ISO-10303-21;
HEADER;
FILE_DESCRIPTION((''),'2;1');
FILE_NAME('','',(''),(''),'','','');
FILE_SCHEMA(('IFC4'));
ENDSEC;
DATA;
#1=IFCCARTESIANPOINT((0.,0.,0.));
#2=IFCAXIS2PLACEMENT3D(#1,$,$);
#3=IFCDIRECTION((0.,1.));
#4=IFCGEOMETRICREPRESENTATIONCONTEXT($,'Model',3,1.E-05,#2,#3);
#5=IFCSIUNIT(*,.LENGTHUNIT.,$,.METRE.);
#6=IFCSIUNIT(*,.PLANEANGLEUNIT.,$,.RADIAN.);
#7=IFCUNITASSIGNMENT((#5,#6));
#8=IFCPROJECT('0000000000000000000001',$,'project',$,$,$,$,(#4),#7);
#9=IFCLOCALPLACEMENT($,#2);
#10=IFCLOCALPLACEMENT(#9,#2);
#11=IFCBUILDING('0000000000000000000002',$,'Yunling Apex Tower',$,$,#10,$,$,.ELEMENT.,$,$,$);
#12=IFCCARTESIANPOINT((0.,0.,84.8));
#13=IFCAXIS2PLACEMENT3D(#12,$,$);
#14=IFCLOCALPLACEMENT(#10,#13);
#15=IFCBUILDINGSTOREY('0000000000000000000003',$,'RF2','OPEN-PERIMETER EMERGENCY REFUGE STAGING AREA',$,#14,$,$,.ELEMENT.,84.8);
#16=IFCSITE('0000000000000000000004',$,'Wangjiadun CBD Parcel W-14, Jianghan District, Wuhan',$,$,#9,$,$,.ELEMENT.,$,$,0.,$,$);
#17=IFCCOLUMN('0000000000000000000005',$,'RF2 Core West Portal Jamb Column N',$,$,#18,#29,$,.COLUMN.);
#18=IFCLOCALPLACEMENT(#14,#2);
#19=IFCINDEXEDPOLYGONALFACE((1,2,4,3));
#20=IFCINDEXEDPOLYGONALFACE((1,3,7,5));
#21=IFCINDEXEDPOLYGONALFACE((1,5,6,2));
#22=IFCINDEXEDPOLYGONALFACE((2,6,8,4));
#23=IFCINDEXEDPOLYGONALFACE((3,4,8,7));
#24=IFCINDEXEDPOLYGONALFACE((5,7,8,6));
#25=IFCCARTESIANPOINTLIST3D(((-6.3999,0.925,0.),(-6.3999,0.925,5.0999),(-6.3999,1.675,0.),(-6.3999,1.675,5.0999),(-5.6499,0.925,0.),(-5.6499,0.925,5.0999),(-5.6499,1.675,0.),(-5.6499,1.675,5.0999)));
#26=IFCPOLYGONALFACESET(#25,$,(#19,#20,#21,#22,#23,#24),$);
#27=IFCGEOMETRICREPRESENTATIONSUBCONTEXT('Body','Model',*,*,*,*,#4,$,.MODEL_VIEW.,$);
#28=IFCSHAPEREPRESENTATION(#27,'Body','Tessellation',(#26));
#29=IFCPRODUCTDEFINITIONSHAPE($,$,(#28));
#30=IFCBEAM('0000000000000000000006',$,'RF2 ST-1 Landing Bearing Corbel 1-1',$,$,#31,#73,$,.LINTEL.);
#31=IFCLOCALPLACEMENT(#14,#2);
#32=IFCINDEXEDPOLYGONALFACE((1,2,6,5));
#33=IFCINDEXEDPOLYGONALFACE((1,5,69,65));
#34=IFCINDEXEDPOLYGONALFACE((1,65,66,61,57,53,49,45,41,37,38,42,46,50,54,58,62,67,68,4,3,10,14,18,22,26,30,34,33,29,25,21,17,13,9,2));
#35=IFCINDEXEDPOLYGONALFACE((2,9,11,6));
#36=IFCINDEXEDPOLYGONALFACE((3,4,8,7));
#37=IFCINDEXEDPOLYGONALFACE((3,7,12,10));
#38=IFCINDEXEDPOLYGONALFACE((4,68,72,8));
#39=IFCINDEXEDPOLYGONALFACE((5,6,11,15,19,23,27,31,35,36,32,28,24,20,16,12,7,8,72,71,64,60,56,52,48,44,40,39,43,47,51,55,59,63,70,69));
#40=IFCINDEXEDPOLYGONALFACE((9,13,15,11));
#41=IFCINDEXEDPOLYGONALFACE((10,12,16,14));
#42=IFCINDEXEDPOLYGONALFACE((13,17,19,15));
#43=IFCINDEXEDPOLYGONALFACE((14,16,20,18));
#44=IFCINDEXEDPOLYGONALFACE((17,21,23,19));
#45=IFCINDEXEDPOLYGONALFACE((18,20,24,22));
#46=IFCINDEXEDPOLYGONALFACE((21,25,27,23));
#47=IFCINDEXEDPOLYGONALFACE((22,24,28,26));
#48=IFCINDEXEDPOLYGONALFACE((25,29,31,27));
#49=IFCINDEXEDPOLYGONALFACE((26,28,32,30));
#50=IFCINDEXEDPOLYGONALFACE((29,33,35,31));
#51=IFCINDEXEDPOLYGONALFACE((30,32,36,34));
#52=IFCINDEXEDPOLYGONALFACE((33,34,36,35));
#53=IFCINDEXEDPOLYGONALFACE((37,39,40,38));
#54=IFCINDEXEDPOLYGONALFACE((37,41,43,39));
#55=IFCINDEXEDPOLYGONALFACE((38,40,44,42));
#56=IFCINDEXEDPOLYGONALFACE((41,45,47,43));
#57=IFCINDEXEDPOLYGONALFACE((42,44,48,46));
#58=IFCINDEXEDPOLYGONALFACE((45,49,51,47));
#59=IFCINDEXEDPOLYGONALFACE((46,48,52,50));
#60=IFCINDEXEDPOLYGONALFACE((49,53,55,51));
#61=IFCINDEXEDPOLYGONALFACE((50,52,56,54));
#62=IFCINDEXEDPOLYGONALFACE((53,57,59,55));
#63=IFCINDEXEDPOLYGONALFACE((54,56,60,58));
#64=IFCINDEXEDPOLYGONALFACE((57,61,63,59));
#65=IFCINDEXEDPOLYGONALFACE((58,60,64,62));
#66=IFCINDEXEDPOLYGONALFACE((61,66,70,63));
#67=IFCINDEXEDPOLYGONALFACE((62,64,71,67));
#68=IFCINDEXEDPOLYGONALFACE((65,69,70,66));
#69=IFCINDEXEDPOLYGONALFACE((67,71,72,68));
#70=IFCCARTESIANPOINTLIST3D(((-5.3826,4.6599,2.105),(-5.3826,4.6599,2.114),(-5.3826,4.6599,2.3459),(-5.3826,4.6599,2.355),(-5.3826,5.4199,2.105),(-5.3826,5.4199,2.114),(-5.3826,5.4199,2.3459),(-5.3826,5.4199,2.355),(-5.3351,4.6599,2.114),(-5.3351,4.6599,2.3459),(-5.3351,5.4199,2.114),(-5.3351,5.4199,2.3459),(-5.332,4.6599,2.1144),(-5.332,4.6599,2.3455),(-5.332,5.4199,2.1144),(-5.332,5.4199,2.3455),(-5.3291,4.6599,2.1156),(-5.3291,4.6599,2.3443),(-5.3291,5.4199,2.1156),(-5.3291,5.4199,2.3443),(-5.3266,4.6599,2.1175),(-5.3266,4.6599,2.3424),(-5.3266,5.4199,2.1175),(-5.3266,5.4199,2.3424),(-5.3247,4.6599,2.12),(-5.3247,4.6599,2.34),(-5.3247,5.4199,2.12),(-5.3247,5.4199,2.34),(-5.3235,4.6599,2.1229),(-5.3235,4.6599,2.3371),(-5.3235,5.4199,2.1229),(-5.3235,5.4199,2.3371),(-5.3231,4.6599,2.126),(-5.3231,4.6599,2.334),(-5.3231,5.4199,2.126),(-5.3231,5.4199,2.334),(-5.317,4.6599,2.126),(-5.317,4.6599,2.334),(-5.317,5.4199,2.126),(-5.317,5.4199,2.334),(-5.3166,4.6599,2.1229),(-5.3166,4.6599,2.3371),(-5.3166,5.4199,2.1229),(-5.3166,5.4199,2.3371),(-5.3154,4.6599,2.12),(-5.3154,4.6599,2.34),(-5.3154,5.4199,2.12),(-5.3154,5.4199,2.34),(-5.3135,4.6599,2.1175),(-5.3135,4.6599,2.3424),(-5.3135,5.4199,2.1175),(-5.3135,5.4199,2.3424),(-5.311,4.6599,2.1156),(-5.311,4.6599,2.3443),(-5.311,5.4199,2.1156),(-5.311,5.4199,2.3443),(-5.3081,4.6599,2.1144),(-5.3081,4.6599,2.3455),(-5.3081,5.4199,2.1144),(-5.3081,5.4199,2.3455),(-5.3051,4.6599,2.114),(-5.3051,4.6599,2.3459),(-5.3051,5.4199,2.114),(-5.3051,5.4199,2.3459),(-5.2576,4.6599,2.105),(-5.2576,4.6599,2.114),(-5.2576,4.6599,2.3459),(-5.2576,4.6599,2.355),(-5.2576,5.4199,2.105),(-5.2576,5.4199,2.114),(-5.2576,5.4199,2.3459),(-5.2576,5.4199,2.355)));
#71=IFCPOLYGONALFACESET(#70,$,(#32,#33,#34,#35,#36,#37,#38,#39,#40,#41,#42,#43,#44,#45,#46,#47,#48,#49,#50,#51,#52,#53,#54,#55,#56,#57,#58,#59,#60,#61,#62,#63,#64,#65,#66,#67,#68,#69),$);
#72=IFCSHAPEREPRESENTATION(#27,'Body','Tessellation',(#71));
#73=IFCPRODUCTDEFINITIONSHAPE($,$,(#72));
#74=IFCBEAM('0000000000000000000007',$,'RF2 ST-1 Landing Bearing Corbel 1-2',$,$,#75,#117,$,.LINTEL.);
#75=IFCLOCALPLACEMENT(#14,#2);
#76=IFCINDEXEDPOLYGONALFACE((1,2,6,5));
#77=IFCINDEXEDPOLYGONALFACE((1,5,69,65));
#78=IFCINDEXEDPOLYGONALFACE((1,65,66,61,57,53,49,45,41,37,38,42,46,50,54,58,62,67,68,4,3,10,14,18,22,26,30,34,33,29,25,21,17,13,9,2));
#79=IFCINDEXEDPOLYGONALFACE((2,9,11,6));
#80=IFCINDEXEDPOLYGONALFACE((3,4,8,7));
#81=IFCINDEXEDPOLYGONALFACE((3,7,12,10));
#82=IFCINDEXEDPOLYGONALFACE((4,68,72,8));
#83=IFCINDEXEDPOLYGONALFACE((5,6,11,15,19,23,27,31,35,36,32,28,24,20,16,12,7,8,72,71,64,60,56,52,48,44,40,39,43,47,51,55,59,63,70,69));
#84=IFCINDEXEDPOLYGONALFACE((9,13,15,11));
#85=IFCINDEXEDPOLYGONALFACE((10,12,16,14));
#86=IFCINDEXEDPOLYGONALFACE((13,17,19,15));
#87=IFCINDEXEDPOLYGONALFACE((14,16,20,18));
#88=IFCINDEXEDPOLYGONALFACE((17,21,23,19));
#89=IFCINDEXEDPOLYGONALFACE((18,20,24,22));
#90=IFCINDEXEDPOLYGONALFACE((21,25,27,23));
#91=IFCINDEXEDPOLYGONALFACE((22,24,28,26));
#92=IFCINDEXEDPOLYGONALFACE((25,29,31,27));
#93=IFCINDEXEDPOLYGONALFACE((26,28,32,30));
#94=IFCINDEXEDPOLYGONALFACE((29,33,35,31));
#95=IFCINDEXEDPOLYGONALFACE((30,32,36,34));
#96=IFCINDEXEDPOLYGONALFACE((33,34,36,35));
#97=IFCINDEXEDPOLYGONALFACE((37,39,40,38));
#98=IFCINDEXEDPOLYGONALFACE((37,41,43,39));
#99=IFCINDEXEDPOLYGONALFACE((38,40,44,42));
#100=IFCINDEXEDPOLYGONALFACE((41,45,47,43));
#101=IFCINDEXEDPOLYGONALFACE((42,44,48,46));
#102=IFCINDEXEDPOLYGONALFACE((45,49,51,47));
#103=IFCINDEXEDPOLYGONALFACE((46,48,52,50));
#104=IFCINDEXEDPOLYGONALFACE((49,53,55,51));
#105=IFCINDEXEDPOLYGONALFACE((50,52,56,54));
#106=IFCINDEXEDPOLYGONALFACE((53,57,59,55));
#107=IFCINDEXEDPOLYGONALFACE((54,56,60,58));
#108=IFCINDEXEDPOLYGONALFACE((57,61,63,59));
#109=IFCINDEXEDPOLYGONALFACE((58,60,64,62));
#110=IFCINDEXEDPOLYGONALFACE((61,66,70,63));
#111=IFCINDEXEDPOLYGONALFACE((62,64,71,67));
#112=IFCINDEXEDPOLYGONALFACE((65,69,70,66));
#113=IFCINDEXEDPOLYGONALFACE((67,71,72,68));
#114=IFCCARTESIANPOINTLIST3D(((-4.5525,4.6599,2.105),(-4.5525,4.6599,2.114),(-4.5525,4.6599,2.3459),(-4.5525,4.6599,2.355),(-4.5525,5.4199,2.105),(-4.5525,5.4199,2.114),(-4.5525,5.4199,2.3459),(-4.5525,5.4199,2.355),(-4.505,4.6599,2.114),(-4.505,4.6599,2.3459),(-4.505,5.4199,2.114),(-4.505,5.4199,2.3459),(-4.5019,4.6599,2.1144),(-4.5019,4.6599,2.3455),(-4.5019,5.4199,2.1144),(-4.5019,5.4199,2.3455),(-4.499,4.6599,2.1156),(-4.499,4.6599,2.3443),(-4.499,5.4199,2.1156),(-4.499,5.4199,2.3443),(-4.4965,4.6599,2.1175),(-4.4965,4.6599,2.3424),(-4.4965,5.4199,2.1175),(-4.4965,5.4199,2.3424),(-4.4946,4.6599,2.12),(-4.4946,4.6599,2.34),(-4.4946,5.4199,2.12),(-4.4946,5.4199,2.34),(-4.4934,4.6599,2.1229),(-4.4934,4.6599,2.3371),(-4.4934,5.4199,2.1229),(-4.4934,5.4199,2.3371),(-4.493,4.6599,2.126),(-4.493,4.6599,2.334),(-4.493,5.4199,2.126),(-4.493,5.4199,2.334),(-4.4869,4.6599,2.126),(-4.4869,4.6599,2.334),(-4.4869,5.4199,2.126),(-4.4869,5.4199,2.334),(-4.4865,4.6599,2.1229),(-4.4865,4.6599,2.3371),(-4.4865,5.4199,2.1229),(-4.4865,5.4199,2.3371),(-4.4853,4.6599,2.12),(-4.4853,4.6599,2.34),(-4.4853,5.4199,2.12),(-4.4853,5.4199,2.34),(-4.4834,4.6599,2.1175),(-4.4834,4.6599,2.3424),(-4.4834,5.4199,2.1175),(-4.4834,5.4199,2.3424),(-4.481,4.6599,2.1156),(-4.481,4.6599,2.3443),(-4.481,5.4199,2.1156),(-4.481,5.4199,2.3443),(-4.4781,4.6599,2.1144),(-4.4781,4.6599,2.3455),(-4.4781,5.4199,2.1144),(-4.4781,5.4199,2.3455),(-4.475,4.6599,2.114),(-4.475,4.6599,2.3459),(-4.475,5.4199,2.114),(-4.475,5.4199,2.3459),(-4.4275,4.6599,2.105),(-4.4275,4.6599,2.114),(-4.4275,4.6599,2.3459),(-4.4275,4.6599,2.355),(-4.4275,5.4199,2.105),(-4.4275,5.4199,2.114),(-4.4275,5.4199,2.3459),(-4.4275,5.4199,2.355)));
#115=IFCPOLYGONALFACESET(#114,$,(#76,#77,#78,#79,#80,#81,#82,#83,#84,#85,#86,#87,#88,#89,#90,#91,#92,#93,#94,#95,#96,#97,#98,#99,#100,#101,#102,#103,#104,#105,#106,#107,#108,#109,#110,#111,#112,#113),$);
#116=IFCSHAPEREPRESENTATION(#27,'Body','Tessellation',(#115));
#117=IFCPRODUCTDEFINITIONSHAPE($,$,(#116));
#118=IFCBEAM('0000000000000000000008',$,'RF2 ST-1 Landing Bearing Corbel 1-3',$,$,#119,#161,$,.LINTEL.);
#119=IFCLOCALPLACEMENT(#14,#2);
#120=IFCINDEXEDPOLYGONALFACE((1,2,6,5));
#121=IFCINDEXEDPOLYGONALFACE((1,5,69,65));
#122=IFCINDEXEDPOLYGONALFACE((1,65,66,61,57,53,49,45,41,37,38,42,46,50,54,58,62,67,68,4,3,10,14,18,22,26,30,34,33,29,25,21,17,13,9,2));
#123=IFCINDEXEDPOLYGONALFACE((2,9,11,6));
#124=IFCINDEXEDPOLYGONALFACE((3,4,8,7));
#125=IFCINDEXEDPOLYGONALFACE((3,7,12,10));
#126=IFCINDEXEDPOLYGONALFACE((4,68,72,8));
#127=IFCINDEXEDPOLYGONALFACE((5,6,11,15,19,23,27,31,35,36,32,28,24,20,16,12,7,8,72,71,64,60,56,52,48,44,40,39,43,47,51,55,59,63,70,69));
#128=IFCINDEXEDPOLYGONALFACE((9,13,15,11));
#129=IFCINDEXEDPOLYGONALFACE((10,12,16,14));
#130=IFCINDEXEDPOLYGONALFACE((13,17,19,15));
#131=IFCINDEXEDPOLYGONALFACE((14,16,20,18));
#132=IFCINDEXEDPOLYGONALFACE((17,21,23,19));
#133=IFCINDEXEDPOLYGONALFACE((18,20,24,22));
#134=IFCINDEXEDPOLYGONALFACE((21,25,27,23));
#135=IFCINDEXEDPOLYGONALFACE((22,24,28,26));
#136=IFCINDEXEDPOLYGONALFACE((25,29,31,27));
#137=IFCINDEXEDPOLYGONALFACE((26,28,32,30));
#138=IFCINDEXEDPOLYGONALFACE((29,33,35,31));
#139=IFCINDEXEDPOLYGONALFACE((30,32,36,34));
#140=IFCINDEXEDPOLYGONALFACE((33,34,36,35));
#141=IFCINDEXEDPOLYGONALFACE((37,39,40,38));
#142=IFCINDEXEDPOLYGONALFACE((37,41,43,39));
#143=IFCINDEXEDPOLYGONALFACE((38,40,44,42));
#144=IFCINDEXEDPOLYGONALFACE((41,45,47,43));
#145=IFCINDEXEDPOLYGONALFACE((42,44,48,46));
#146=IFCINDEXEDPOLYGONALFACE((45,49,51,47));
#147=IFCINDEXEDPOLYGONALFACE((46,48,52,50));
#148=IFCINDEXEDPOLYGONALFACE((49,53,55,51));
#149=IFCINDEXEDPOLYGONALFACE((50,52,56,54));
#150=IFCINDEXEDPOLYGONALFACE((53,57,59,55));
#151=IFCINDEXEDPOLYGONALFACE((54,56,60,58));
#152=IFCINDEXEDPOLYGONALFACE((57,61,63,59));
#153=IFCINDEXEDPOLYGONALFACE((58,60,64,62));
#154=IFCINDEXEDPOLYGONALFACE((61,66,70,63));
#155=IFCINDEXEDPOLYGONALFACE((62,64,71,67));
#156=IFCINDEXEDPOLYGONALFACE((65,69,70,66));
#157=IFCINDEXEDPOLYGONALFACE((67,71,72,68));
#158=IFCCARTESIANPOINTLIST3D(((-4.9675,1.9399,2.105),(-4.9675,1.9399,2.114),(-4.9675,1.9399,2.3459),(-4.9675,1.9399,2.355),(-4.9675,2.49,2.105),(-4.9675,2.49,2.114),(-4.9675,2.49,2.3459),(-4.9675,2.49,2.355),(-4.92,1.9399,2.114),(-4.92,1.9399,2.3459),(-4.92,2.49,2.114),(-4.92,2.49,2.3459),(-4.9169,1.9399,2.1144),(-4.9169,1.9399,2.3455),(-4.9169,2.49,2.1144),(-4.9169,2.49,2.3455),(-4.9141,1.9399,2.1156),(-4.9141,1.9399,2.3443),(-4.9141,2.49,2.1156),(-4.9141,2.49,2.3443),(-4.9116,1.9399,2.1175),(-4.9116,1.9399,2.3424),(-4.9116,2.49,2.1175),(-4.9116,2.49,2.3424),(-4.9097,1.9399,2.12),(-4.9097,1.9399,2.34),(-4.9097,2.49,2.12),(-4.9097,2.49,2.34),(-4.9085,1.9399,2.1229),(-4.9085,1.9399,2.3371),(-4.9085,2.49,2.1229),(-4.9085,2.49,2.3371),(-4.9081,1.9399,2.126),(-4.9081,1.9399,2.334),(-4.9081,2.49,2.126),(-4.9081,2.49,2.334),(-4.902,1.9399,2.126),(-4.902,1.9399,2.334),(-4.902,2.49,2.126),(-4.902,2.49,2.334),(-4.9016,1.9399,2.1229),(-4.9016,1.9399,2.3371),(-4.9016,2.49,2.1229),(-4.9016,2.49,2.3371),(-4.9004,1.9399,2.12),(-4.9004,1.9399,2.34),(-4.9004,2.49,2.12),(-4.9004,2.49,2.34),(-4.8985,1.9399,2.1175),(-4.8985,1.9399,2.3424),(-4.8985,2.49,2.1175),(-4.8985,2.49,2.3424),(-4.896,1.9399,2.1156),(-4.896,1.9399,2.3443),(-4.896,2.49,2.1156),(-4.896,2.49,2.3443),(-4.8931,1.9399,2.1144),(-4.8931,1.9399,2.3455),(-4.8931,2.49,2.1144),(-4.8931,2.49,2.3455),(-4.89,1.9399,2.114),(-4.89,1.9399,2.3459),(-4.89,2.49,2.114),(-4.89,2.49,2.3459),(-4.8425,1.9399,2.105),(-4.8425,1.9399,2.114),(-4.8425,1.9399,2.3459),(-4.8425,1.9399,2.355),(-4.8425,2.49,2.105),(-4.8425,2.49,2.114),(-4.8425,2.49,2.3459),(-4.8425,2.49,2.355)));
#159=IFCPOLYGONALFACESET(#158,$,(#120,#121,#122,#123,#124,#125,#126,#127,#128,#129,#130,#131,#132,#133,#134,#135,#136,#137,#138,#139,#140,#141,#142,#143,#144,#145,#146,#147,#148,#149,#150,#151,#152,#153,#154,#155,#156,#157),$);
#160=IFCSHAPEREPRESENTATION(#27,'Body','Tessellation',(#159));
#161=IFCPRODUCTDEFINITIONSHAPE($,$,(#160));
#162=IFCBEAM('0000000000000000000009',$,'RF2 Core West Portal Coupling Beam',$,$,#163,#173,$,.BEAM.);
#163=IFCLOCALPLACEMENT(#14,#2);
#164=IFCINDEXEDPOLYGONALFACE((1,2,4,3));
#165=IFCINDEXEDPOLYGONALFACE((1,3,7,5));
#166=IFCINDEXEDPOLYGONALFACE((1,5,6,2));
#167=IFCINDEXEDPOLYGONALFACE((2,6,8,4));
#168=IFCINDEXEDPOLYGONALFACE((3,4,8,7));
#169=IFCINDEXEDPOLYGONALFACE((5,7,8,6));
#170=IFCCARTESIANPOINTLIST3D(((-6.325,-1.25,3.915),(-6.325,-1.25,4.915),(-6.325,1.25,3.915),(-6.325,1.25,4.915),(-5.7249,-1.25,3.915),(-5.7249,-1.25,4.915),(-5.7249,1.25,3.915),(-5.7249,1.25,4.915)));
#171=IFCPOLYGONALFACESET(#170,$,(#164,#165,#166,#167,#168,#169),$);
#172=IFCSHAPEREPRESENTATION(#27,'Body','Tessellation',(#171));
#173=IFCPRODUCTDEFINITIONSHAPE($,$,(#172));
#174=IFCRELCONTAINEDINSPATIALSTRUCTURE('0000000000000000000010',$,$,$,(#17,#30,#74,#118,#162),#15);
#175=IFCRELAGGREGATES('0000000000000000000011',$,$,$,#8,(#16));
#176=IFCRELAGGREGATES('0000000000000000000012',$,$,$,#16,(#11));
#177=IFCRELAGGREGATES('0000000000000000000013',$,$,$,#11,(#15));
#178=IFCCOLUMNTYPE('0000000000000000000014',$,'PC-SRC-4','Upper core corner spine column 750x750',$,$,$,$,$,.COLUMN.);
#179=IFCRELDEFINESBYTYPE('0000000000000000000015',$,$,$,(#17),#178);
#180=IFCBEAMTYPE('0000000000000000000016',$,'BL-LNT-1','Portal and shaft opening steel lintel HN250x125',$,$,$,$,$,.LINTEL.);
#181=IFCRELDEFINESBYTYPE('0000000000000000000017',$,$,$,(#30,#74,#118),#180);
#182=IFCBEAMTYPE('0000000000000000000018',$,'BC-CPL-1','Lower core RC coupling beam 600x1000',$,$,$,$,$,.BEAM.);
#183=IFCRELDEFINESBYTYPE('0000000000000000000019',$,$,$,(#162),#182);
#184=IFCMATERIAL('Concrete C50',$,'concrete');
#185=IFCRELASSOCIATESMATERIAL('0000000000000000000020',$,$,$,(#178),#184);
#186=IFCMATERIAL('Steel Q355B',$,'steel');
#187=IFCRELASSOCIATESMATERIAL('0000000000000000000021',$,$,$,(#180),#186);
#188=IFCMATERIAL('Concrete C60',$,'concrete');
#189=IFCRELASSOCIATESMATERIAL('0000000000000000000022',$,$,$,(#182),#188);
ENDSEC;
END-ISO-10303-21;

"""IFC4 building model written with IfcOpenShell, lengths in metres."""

from ifc_helpers import new_model, si_unit, direction, frame, origin, origin_2d, place, context, subcontext, project, spatial, rectangle, i_section, extrude, source, transform, mapped, material, material_profile, profile_set, type_object, element, save


model = new_model("IFC4")

# Units and contexts
model_context = context("Model", 3, precision=1e-05, world=origin(), true_north=direction((0.0, 1.0)))
body_context = subcontext(model_context, "Body", "Model", "MODEL_VIEW")
ifc_project = project(units=[si_unit("LENGTHUNIT", "METRE"), si_unit("PLANEANGLEUNIT", "RADIAN")], contexts=[model_context])

# Site, building, storey
site_placement = place(None, origin())
site = spatial("IfcSite", under=ifc_project, at=site_placement, Name="Wangjiadun CBD Parcel W-14, Jianghan District, Wuhan", CompositionType="ELEMENT", RefElevation=0.0)
building_placement = place(site_placement, origin())
building = spatial("IfcBuilding", under=site, at=building_placement, Name="Yunling Apex Tower", CompositionType="ELEMENT")
storey_placement = place(building_placement, frame((0.0, 0.0, 84.8)))
storey = spatial("IfcBuildingStorey", under=building, at=storey_placement, Name="RF2", Description="OPEN-PERIMETER EMERGENCY REFUGE STAGING AREA", CompositionType="ELEMENT", Elevation=84.8)

# Column
ifc_material_1 = material(Name="Concrete C50", Category="concrete")
ifc_material_profile_1 = material_profile(ifc_material_1, rectangle(XDim=0.75, YDim=0.75, at=origin_2d()))
ifc_profile_set_1 = profile_set([ifc_material_profile_1], Name="Concrete C50")
column_type = type_object("IfcColumnType", Name="PC-SRC-4", Description="Upper core corner spine column 750x750", PredefinedType="COLUMN", material=ifc_profile_set_1)
shared_shape_1 = source(origin(), body_context, "Body", "SweptSolid", [
    extrude(rectangle(XDim=0.75, YDim=0.75, at=origin_2d()), origin(), (0.0, 0.0, 1.0), 5.0999),
])
column_placement = place(storey_placement, frame((-6.0249, 1.3, 0.0), z_axis=(0.0, 0.0, 1.0), x_axis=(1.0, 0.0, 0.0)))
element("IfcColumn", 1, at=column_placement, inside=storey, type_object=column_type, Name="RF2 Core West Portal Jamb Column N", PredefinedType="COLUMN", context=body_context, shape_type="MappedRepresentation", body=[
    mapped(shared_shape_1, transform((0.0, 0.0, 0.0), scale=1.0)),
])

# Beams
ifc_material_2 = material(Name="Steel Q355B", Category="steel")
ifc_material_profile_2 = material_profile(ifc_material_2, i_section(OverallWidth=0.125, OverallDepth=0.25, WebThickness=0.0061, FlangeThickness=0.009, FilletRadius=0.012, at=origin_2d()))
ifc_profile_set_2 = profile_set([ifc_material_profile_2], Name="Steel Q355B")
beam_type_1 = type_object("IfcBeamType", Name="BL-LNT-1", Description="Portal and shaft opening steel lintel HN250x125", PredefinedType="LINTEL", material=ifc_profile_set_2)
shared_shape_2 = source(origin(), body_context, "Body", "SweptSolid", [
    extrude(i_section(OverallWidth=0.125, OverallDepth=0.25, WebThickness=0.0061, FlangeThickness=0.009, FilletRadius=0.012, at=origin_2d()), origin(), (0.0, 0.0, 1.0), 0.76),
])
for number, where, z_axis, x_axis, name in (
    (2, (-5.3201, 5.4199, 2.23), (0.0, -1.0, 0.0), (1.0, 0.0, 0.0), "RF2 ST-1 Landing Bearing Corbel 1-1"),
    (3, (-4.49, 5.4199, 2.23), (0.0, -1.0, 0.0), (1.0, 0.0, 0.0), "RF2 ST-1 Landing Bearing Corbel 1-2"),
):
    element("IfcBeam", number, at=place(storey_placement, frame(where, z_axis=z_axis, x_axis=x_axis)), inside=storey, type_object=beam_type_1, Name=name, PredefinedType="LINTEL", context=body_context, shape_type="MappedRepresentation", body=[
        mapped(shared_shape_2, transform((0.0, 0.0, 0.0), scale=1.0)),
    ])
shared_shape_3 = source(origin(), body_context, "Body", "SweptSolid", [
    extrude(i_section(OverallWidth=0.125, OverallDepth=0.25, WebThickness=0.0061, FlangeThickness=0.009, FilletRadius=0.012, at=origin_2d()), origin(), (0.0, 0.0, 1.0), 0.55),
])
beam_1_placement = place(storey_placement, frame((-4.905, 1.9399, 2.23), z_axis=(0.0, 1.0, 0.0), x_axis=(-1.0, 0.0, 0.0)))
element("IfcBeam", 4, at=beam_1_placement, inside=storey, type_object=beam_type_1, Name="RF2 ST-1 Landing Bearing Corbel 1-3", PredefinedType="LINTEL", context=body_context, shape_type="MappedRepresentation", body=[
    mapped(shared_shape_3, transform((0.0, 0.0, 0.0), scale=1.0)),
])
ifc_material_3 = material(Name="Concrete C60", Category="concrete")
ifc_material_profile_3 = material_profile(ifc_material_3, rectangle(XDim=0.6001, YDim=1.0, at=origin_2d()))
ifc_profile_set_3 = profile_set([ifc_material_profile_3], Name="Concrete C60")
beam_type_2 = type_object("IfcBeamType", Name="BC-CPL-1", Description="Lower core RC coupling beam 600x1000", PredefinedType="BEAM", material=ifc_profile_set_3)
shared_shape_4 = source(origin(), body_context, "Body", "SweptSolid", [
    extrude(rectangle(XDim=0.6001, YDim=1.0, at=origin_2d()), origin(), (0.0, 0.0, 1.0), 2.5),
])
beam_2_placement = place(storey_placement, frame((-6.0249, -1.25, 4.415), z_axis=(0.0, 1.0, 0.0), x_axis=(-1.0, 0.0, 0.0)))
element("IfcBeam", 5, at=beam_2_placement, inside=storey, type_object=beam_type_2, Name="RF2 Core West Portal Coupling Beam", PredefinedType="BEAM", context=body_context, shape_type="MappedRepresentation", body=[
    mapped(shared_shape_4, transform((0.0, 0.0, 0.0), scale=1.0)),
])

save(model, "model.ifc")
